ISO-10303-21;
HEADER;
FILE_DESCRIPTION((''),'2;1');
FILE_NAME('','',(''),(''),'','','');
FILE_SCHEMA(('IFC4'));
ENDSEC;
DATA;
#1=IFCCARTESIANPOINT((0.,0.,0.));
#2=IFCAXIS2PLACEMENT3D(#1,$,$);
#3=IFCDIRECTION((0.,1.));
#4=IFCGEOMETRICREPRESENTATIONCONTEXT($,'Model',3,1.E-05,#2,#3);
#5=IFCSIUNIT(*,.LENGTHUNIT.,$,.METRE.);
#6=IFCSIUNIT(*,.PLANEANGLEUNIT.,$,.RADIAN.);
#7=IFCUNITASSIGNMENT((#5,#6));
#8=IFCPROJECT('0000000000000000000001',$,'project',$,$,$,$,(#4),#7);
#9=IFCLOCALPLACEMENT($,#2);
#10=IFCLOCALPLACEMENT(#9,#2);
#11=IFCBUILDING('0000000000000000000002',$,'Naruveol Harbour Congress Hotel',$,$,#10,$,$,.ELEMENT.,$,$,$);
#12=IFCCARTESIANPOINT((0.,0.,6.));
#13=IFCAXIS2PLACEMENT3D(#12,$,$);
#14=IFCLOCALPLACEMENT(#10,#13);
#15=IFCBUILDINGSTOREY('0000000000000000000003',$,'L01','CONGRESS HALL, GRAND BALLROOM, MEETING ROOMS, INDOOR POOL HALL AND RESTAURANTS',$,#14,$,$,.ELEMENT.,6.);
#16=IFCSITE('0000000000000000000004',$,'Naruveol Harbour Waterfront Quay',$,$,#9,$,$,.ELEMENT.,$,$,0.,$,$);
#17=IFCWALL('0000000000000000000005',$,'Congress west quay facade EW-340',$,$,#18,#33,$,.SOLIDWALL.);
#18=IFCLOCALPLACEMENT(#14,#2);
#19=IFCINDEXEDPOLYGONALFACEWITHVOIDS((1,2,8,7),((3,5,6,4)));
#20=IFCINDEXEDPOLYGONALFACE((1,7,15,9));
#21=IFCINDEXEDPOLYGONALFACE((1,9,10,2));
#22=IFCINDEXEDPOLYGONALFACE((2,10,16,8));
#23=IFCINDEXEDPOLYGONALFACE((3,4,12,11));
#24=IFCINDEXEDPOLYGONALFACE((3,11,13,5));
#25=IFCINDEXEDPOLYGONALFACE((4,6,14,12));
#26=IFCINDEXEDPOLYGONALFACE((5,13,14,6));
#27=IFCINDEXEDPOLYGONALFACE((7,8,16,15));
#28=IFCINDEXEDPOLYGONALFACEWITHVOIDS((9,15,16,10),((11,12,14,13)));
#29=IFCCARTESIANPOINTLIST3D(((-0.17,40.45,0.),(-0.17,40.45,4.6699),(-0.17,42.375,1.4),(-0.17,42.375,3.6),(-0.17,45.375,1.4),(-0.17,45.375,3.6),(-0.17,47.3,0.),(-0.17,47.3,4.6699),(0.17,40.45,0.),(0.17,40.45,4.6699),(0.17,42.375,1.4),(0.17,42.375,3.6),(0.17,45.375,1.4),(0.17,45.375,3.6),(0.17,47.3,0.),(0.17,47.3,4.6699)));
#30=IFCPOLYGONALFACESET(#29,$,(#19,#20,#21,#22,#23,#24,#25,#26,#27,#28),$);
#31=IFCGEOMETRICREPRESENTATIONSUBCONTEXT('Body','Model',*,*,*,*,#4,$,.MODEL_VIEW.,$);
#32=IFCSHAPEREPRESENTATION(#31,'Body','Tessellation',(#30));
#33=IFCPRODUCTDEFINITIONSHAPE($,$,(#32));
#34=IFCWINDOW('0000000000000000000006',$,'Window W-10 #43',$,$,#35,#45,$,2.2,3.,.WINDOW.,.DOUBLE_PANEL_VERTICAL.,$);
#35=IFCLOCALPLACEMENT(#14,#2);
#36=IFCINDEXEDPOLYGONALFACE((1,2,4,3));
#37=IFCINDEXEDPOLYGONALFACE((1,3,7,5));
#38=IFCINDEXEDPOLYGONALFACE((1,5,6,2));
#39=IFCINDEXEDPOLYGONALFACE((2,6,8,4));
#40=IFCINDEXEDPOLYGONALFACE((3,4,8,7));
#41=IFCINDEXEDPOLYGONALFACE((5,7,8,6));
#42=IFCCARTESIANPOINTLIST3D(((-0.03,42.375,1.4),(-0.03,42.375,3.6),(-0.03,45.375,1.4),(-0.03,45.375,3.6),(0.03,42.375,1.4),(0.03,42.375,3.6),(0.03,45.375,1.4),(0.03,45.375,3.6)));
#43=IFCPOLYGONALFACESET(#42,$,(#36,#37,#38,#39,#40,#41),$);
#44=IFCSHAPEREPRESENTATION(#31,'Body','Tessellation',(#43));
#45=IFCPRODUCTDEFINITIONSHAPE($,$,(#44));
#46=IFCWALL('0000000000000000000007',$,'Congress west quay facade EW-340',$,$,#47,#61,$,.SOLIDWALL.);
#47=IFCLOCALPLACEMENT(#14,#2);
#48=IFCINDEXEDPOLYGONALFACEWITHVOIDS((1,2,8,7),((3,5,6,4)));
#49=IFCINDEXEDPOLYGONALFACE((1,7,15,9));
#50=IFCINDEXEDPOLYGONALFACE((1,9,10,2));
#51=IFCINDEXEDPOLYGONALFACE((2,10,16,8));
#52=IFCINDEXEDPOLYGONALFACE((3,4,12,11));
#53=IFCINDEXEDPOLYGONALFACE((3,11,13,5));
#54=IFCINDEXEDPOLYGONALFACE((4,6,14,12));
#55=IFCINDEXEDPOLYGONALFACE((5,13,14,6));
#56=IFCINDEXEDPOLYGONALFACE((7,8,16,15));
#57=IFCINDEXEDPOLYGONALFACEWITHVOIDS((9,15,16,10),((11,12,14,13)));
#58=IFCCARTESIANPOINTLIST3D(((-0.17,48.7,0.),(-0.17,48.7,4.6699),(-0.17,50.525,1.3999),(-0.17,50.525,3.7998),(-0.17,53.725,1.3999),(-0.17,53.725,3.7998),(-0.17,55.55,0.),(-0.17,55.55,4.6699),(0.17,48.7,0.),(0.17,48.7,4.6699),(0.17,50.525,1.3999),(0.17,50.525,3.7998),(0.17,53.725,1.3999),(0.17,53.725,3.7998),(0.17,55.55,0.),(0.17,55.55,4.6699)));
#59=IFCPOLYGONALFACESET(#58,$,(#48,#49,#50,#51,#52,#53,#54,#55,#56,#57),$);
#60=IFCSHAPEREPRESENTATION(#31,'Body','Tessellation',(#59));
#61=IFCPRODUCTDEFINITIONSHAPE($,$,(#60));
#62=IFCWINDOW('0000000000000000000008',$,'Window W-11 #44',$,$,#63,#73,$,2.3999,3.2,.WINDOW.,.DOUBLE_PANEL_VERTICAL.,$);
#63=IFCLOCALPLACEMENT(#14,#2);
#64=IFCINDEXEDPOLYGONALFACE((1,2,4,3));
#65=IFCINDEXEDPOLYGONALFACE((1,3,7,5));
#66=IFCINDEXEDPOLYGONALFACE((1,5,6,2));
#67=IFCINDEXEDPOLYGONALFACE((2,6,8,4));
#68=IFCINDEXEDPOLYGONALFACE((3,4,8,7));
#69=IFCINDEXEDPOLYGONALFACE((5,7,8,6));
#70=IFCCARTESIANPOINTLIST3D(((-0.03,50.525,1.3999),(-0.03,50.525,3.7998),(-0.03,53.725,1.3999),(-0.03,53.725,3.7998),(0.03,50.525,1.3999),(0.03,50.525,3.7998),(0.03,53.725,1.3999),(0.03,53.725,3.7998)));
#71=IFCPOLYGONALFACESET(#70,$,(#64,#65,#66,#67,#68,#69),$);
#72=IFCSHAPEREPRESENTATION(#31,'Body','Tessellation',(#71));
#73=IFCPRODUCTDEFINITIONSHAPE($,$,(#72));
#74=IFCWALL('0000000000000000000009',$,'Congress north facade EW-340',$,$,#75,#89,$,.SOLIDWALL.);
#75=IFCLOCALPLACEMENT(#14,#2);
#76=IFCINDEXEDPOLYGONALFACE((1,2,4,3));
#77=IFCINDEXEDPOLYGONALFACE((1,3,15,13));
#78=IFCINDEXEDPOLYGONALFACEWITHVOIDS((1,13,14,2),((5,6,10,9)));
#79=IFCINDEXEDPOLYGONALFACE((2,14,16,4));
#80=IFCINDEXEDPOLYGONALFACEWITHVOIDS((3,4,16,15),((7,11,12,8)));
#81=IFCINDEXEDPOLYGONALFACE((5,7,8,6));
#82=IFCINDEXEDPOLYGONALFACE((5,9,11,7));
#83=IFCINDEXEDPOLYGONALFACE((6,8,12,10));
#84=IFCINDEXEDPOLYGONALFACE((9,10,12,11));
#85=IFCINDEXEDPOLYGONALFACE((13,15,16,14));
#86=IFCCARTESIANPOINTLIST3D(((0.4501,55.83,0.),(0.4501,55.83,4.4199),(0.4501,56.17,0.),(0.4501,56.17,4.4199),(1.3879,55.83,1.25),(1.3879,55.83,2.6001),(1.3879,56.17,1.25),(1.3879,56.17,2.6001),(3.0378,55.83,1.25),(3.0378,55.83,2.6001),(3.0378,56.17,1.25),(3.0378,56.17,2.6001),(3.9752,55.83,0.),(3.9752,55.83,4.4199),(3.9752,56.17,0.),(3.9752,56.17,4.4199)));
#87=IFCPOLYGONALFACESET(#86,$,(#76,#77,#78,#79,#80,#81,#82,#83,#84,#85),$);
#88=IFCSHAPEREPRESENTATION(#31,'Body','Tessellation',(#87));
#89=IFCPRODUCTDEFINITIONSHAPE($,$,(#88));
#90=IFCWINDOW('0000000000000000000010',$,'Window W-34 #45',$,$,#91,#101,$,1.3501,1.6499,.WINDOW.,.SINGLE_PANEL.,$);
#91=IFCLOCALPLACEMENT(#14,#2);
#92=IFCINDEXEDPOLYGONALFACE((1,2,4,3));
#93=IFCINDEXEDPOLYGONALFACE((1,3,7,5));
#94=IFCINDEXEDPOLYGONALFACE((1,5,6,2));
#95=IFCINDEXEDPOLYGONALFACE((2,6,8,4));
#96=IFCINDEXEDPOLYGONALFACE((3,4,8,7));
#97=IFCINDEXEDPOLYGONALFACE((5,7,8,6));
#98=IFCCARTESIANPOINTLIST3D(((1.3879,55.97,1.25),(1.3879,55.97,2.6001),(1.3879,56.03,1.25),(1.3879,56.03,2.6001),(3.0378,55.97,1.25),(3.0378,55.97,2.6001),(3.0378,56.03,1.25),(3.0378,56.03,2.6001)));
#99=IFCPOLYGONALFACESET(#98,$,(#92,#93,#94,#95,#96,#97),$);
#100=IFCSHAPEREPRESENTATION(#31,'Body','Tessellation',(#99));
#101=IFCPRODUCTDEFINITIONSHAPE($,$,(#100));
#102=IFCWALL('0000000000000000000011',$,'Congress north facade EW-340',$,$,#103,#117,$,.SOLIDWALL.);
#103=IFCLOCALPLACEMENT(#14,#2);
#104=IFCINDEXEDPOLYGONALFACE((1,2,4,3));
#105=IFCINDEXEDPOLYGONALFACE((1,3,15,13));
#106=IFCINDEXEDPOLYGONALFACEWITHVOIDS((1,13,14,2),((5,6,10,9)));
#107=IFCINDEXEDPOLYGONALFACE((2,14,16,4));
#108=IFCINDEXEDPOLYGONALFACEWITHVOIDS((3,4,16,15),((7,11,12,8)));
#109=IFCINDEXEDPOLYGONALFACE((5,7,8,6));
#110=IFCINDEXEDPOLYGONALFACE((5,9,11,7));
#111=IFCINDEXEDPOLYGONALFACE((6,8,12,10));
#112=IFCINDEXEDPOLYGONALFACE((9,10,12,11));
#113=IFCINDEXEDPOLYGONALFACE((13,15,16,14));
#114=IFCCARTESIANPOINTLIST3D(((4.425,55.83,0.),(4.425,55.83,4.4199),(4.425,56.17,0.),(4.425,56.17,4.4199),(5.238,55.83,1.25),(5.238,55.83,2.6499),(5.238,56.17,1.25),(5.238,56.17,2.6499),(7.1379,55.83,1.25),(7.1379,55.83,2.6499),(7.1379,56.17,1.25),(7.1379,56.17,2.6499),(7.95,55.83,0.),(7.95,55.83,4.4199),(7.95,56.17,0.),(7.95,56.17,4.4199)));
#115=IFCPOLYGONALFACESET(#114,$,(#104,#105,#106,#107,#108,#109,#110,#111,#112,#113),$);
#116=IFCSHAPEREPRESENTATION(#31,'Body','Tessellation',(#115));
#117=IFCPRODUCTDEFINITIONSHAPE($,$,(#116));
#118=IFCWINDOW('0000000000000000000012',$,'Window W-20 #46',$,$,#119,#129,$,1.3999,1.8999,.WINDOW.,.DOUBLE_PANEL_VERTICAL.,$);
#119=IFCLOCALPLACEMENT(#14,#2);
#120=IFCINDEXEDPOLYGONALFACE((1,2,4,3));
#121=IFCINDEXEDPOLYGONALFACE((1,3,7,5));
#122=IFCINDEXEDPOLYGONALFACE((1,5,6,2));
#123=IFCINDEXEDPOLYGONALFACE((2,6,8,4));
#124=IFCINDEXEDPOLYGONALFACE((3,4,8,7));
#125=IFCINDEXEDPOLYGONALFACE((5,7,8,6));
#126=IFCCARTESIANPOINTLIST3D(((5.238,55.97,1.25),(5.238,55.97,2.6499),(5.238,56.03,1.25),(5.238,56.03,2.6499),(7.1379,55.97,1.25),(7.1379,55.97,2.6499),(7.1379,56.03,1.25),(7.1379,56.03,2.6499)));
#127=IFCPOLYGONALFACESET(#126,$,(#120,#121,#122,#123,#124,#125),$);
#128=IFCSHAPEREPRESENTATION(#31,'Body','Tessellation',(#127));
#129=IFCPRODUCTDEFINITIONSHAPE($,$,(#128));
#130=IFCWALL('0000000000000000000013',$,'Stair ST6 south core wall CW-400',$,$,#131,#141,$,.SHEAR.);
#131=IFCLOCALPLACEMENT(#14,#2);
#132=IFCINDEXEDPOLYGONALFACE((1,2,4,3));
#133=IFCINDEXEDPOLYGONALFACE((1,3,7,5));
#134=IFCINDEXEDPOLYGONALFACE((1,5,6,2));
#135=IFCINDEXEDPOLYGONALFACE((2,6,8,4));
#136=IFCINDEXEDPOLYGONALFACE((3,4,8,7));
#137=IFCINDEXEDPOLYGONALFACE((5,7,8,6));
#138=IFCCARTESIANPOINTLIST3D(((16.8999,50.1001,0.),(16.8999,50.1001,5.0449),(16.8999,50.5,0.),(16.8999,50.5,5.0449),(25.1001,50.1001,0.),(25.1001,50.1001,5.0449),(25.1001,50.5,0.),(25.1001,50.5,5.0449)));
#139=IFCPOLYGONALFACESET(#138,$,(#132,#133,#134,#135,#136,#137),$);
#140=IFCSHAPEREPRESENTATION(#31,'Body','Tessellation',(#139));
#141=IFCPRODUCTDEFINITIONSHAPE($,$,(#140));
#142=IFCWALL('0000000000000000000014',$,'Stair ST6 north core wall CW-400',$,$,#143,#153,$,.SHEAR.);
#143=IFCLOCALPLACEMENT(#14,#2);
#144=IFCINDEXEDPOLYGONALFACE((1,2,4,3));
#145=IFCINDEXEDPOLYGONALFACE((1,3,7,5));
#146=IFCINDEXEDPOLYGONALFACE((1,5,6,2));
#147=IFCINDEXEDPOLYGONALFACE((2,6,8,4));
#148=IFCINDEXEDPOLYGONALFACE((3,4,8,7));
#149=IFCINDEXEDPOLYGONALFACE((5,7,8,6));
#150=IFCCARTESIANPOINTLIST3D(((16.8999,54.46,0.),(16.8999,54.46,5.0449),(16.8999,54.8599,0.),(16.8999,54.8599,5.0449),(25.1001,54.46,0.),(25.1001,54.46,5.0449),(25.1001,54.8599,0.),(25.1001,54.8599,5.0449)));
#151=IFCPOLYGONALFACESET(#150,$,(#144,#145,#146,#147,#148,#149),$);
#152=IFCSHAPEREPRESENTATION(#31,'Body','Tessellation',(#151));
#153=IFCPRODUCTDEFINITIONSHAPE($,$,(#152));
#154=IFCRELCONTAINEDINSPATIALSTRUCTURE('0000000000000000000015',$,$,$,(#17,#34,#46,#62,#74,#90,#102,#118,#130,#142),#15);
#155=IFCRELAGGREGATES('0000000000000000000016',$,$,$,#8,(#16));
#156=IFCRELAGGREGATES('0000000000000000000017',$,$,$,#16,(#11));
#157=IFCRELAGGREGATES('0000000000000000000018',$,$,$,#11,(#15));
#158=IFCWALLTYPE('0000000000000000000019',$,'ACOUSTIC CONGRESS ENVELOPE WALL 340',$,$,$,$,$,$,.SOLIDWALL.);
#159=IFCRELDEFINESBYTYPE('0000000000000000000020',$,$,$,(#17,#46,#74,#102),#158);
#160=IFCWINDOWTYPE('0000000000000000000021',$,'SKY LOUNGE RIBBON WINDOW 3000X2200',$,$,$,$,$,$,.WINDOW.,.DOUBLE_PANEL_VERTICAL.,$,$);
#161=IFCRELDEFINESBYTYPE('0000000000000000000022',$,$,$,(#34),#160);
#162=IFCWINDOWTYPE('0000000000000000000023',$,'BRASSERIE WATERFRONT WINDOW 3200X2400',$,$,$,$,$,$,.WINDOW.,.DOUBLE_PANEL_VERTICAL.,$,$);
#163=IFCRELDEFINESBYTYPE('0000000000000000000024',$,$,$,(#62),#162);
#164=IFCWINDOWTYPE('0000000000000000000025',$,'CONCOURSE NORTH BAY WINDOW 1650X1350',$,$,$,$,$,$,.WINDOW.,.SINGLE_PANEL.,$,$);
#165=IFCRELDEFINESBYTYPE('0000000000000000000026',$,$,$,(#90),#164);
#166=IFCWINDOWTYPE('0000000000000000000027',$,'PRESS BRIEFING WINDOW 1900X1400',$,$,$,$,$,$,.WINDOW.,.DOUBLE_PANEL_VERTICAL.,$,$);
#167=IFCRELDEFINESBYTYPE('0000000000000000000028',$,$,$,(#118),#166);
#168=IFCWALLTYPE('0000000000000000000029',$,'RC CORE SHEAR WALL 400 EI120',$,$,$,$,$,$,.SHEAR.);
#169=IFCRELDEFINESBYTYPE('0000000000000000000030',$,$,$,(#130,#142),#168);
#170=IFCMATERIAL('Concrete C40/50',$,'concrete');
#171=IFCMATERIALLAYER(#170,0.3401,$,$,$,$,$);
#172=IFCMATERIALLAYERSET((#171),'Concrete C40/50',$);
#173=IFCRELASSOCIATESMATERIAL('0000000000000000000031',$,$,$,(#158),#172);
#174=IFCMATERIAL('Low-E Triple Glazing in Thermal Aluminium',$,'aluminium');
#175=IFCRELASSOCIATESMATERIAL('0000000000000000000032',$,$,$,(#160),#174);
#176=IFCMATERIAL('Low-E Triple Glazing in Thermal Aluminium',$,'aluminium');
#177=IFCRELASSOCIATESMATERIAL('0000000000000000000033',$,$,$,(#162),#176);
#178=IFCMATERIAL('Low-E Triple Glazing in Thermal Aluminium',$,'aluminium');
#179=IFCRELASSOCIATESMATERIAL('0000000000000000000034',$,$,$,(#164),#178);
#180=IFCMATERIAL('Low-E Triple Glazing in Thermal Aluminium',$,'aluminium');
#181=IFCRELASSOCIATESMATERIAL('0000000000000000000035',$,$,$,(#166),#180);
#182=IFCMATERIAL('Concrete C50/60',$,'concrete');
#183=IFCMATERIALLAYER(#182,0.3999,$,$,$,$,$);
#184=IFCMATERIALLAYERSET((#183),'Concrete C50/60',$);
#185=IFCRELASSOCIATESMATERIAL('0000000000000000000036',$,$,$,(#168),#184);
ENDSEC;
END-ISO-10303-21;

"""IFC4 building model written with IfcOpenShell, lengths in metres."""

from ifc_helpers import new_model, si_unit, direction, frame, frame_2d, origin, place, context, subcontext, project, spatial, rectangle, extrude, material, layer, layer_set, type_object, element, fill, save


model = new_model("IFC4")

# Units and contexts
model_context = context("Model", 3, precision=1e-05, world=origin(), true_north=direction((0.0, 1.0)))
body_context = subcontext(model_context, "Body", "Model", "MODEL_VIEW")
ifc_project = project(units=[si_unit("LENGTHUNIT", "METRE"), si_unit("PLANEANGLEUNIT", "RADIAN")], contexts=[model_context])

# Site, building, storey
site_placement = place(None, origin())
site = spatial("IfcSite", under=ifc_project, at=site_placement, Name="Naruveol Harbour Waterfront Quay", CompositionType="ELEMENT", RefElevation=0.0)
building_placement = place(site_placement, origin())
building = spatial("IfcBuilding", under=site, at=building_placement, Name="Naruveol Harbour Congress Hotel", CompositionType="ELEMENT")
storey_placement = place(building_placement, frame((0.0, 0.0, 6.0)))
storey = spatial("IfcBuildingStorey", under=building, at=storey_placement, Name="L01", Description="CONGRESS HALL, GRAND BALLROOM, MEETING ROOMS, INDOOR POOL HALL AND RESTAURANTS", CompositionType="ELEMENT", Elevation=6.0)

# Walls, openings, windows
ifc_material_1 = material(Name="Concrete C40/50", Category="concrete")
ifc_layer_1 = layer(ifc_material_1, 0.3401)
ifc_layer_set_1 = layer_set([ifc_layer_1], Name="Concrete C40/50")
wall_type_1 = type_object("IfcWallType", Name="ACOUSTIC CONGRESS ENVELOPE WALL 340", PredefinedType="SOLIDWALL", material=ifc_layer_set_1)
wall_1_placement = place(storey_placement, frame((0.0, 40.45, 0.0), z_axis=(0.0, 0.0, 1.0), x_axis=(0.0, 1.0, 0.0)))
wall_1 = element("IfcWall", 1, at=wall_1_placement, inside=storey, type_object=wall_type_1, Name="Congress west quay facade EW-340", PredefinedType="SOLIDWALL", context=body_context, shape_type="SweptSolid", body=[
    extrude(rectangle(XDim=6.8501, YDim=0.3401, at=frame_2d((3.425, 0.0))), origin(), (0.0, 0.0, 1.0), 4.6699),
])
opening_1_placement = place(wall_1_placement, frame((1.925, 0.0, 1.3999)))
opening_1 = element("IfcOpeningElement", 2, at=opening_1_placement, cuts=wall_1, PredefinedType="OPENING", context=body_context, shape_type="SweptSolid", body=[
    extrude(rectangle(XDim=3.0, YDim=2.2, at=frame_2d((1.5, 1.1001))), frame((0.0, 0.1799, 0.0), z_axis=(0.0, -1.0, 0.0), x_axis=(1.0, 0.0, 0.0)), (0.0, 0.0, 1.0), 0.3601),
])
ifc_material_2 = material(Name="Low-E Triple Glazing in Thermal Aluminium", Category="aluminium")
window_type_1 = type_object("IfcWindowType", Name="SKY LOUNGE RIBBON WINDOW 3000X2200", PartitioningType="DOUBLE_PANEL_VERTICAL", PredefinedType="WINDOW", material=ifc_material_2)
window_1_placement = place(opening_1_placement, origin())
window_1 = element("IfcWindow", 3, at=window_1_placement, inside=storey, type_object=window_type_1, Name="Window W-10 #43", OverallHeight=2.2, OverallWidth=3.0, PartitioningType="DOUBLE_PANEL_VERTICAL", PredefinedType="WINDOW", context=body_context, shape_type="SweptSolid", body=[
    extrude(rectangle(XDim=3.0, YDim=2.2, at=frame_2d((1.5, 1.1001))), frame((0.0, 0.03, 0.0), z_axis=(0.0, -1.0, 0.0), x_axis=(1.0, 0.0, 0.0)), (0.0, 0.0, 1.0), 0.0601),
])
fill(opening_1, window_1)
wall_2_placement = place(storey_placement, frame((0.0, 48.7, 0.0), z_axis=(0.0, 0.0, 1.0), x_axis=(0.0, 1.0, 0.0)))
wall_2 = element("IfcWall", 4, at=wall_2_placement, inside=storey, type_object=wall_type_1, Name="Congress west quay facade EW-340", PredefinedType="SOLIDWALL", context=body_context, shape_type="SweptSolid", body=[
    extrude(rectangle(XDim=6.8501, YDim=0.3401, at=frame_2d((3.425, 0.0))), origin(), (0.0, 0.0, 1.0), 4.6699),
])
opening_2_placement = place(wall_2_placement, frame((1.825, 0.0, 1.3999)))
opening_2 = element("IfcOpeningElement", 5, at=opening_2_placement, cuts=wall_2, PredefinedType="OPENING", context=body_context, shape_type="SweptSolid", body=[
    extrude(rectangle(XDim=3.2, YDim=2.3999, at=frame_2d((1.6001, 1.2))), frame((0.0, 0.1799, 0.0), z_axis=(0.0, -1.0, 0.0), x_axis=(1.0, 0.0, 0.0)), (0.0, 0.0, 1.0), 0.3601),
])
ifc_material_3 = material(Name="Low-E Triple Glazing in Thermal Aluminium", Category="aluminium")
window_type_2 = type_object("IfcWindowType", Name="BRASSERIE WATERFRONT WINDOW 3200X2400", PartitioningType="DOUBLE_PANEL_VERTICAL", PredefinedType="WINDOW", material=ifc_material_3)
window_2_placement = place(opening_2_placement, origin())
window_2 = element("IfcWindow", 6, at=window_2_placement, inside=storey, type_object=window_type_2, Name="Window W-11 #44", OverallHeight=2.3999, OverallWidth=3.2, PartitioningType="DOUBLE_PANEL_VERTICAL", PredefinedType="WINDOW", context=body_context, shape_type="SweptSolid", body=[
    extrude(rectangle(XDim=3.2, YDim=2.3999, at=frame_2d((1.6001, 1.2))), frame((0.0, 0.03, 0.0), z_axis=(0.0, -1.0, 0.0), x_axis=(1.0, 0.0, 0.0)), (0.0, 0.0, 1.0), 0.0601),
])
fill(opening_2, window_2)
wall_3_placement = place(storey_placement, frame((0.45, 56.0, 0.0), z_axis=(0.0, 0.0, 1.0), x_axis=(1.0, 0.0, 0.0)))
wall_3 = element("IfcWall", 7, at=wall_3_placement, inside=storey, type_object=wall_type_1, Name="Congress north facade EW-340", PredefinedType="SOLIDWALL", context=body_context, shape_type="SweptSolid", body=[
    extrude(rectangle(XDim=3.5251, YDim=0.3401, at=frame_2d((1.7627, 0.0))), origin(), (0.0, 0.0, 1.0), 4.4199),
])
opening_3_placement = place(wall_3_placement, frame((0.938, 0.0, 1.25)))
opening_3 = element("IfcOpeningElement", 8, at=opening_3_placement, cuts=wall_3, PredefinedType="OPENING", context=body_context, shape_type="SweptSolid", body=[
    extrude(rectangle(XDim=1.6499, YDim=1.3501, at=frame_2d((0.825, 0.675))), frame((0.0, 0.1799, 0.0), z_axis=(0.0, -1.0, 0.0), x_axis=(1.0, 0.0, 0.0)), (0.0, 0.0, 1.0), 0.3601),
])
ifc_material_4 = material(Name="Low-E Triple Glazing in Thermal Aluminium", Category="aluminium")
window_type_3 = type_object("IfcWindowType", Name="CONCOURSE NORTH BAY WINDOW 1650X1350", PartitioningType="SINGLE_PANEL", PredefinedType="WINDOW", material=ifc_material_4)
window_3_placement = place(opening_3_placement, origin())
window_3 = element("IfcWindow", 9, at=window_3_placement, inside=storey, type_object=window_type_3, Name="Window W-34 #45", OverallHeight=1.3501, OverallWidth=1.6499, PartitioningType="SINGLE_PANEL", PredefinedType="WINDOW", context=body_context, shape_type="SweptSolid", body=[
    extrude(rectangle(XDim=1.6499, YDim=1.3501, at=frame_2d((0.825, 0.675))), frame((0.0, 0.03, 0.0), z_axis=(0.0, -1.0, 0.0), x_axis=(1.0, 0.0, 0.0)), (0.0, 0.0, 1.0), 0.0601),
])
fill(opening_3, window_3)
wall_4_placement = place(storey_placement, frame((4.425, 56.0, 0.0), z_axis=(0.0, 0.0, 1.0), x_axis=(1.0, 0.0, 0.0)))
wall_4 = element("IfcWall", 10, at=wall_4_placement, inside=storey, type_object=wall_type_1, Name="Congress north facade EW-340", PredefinedType="SOLIDWALL", context=body_context, shape_type="SweptSolid", body=[
    extrude(rectangle(XDim=3.5249, YDim=0.3401, at=frame_2d((1.7625, 0.0))), origin(), (0.0, 0.0, 1.0), 4.4199),
])
opening_4_placement = place(wall_4_placement, frame((0.813, 0.0, 1.25)))
opening_4 = element("IfcOpeningElement", 11, at=opening_4_placement, cuts=wall_4, PredefinedType="OPENING", context=body_context, shape_type="SweptSolid", body=[
    extrude(rectangle(XDim=1.8999, YDim=1.3999, at=frame_2d((0.95, 0.7))), frame((0.0, 0.1799, 0.0), z_axis=(0.0, -1.0, 0.0), x_axis=(1.0, 0.0, 0.0)), (0.0, 0.0, 1.0), 0.3601),
])
ifc_material_5 = material(Name="Low-E Triple Glazing in Thermal Aluminium", Category="aluminium")
window_type_4 = type_object("IfcWindowType", Name="PRESS BRIEFING WINDOW 1900X1400", PartitioningType="DOUBLE_PANEL_VERTICAL", PredefinedType="WINDOW", material=ifc_material_5)
window_4_placement = place(opening_4_placement, origin())
window_4 = element("IfcWindow", 12, at=window_4_placement, inside=storey, type_object=window_type_4, Name="Window W-20 #46", OverallHeight=1.3999, OverallWidth=1.8999, PartitioningType="DOUBLE_PANEL_VERTICAL", PredefinedType="WINDOW", context=body_context, shape_type="SweptSolid", body=[
    extrude(rectangle(XDim=1.8999, YDim=1.3999, at=frame_2d((0.95, 0.7))), frame((0.0, 0.03, 0.0), z_axis=(0.0, -1.0, 0.0), x_axis=(1.0, 0.0, 0.0)), (0.0, 0.0, 1.0), 0.0601),
])
fill(opening_4, window_4)

# Walls
ifc_material_6 = material(Name="Concrete C50/60", Category="concrete")
ifc_layer_2 = layer(ifc_material_6, 0.3999)
ifc_layer_set_2 = layer_set([ifc_layer_2], Name="Concrete C50/60")
wall_type_2 = type_object("IfcWallType", Name="RC CORE SHEAR WALL 400 EI120", PredefinedType="SHEAR", material=ifc_layer_set_2)
for number, where, z_axis, x_axis, name in (
    (13, (16.8999, 50.3, 0.0), (0.0, 0.0, 1.0), (1.0, 0.0, 0.0), "Stair ST6 south core wall CW-400"),
    (14, (16.8999, 54.6599, 0.0), (0.0, 0.0, 1.0), (1.0, 0.0, 0.0), "Stair ST6 north core wall CW-400"),
):
    element("IfcWall", number, at=place(storey_placement, frame(where, z_axis=z_axis, x_axis=x_axis)), inside=storey, type_object=wall_type_2, Name=name, PredefinedType="SHEAR", context=body_context, shape_type="SweptSolid", body=[
        extrude(rectangle(XDim=8.2002, YDim=0.3999, at=frame_2d((4.1001, 0.0))), origin(), (0.0, 0.0, 1.0), 5.0449),
    ])

save(model, "model.ifc")
